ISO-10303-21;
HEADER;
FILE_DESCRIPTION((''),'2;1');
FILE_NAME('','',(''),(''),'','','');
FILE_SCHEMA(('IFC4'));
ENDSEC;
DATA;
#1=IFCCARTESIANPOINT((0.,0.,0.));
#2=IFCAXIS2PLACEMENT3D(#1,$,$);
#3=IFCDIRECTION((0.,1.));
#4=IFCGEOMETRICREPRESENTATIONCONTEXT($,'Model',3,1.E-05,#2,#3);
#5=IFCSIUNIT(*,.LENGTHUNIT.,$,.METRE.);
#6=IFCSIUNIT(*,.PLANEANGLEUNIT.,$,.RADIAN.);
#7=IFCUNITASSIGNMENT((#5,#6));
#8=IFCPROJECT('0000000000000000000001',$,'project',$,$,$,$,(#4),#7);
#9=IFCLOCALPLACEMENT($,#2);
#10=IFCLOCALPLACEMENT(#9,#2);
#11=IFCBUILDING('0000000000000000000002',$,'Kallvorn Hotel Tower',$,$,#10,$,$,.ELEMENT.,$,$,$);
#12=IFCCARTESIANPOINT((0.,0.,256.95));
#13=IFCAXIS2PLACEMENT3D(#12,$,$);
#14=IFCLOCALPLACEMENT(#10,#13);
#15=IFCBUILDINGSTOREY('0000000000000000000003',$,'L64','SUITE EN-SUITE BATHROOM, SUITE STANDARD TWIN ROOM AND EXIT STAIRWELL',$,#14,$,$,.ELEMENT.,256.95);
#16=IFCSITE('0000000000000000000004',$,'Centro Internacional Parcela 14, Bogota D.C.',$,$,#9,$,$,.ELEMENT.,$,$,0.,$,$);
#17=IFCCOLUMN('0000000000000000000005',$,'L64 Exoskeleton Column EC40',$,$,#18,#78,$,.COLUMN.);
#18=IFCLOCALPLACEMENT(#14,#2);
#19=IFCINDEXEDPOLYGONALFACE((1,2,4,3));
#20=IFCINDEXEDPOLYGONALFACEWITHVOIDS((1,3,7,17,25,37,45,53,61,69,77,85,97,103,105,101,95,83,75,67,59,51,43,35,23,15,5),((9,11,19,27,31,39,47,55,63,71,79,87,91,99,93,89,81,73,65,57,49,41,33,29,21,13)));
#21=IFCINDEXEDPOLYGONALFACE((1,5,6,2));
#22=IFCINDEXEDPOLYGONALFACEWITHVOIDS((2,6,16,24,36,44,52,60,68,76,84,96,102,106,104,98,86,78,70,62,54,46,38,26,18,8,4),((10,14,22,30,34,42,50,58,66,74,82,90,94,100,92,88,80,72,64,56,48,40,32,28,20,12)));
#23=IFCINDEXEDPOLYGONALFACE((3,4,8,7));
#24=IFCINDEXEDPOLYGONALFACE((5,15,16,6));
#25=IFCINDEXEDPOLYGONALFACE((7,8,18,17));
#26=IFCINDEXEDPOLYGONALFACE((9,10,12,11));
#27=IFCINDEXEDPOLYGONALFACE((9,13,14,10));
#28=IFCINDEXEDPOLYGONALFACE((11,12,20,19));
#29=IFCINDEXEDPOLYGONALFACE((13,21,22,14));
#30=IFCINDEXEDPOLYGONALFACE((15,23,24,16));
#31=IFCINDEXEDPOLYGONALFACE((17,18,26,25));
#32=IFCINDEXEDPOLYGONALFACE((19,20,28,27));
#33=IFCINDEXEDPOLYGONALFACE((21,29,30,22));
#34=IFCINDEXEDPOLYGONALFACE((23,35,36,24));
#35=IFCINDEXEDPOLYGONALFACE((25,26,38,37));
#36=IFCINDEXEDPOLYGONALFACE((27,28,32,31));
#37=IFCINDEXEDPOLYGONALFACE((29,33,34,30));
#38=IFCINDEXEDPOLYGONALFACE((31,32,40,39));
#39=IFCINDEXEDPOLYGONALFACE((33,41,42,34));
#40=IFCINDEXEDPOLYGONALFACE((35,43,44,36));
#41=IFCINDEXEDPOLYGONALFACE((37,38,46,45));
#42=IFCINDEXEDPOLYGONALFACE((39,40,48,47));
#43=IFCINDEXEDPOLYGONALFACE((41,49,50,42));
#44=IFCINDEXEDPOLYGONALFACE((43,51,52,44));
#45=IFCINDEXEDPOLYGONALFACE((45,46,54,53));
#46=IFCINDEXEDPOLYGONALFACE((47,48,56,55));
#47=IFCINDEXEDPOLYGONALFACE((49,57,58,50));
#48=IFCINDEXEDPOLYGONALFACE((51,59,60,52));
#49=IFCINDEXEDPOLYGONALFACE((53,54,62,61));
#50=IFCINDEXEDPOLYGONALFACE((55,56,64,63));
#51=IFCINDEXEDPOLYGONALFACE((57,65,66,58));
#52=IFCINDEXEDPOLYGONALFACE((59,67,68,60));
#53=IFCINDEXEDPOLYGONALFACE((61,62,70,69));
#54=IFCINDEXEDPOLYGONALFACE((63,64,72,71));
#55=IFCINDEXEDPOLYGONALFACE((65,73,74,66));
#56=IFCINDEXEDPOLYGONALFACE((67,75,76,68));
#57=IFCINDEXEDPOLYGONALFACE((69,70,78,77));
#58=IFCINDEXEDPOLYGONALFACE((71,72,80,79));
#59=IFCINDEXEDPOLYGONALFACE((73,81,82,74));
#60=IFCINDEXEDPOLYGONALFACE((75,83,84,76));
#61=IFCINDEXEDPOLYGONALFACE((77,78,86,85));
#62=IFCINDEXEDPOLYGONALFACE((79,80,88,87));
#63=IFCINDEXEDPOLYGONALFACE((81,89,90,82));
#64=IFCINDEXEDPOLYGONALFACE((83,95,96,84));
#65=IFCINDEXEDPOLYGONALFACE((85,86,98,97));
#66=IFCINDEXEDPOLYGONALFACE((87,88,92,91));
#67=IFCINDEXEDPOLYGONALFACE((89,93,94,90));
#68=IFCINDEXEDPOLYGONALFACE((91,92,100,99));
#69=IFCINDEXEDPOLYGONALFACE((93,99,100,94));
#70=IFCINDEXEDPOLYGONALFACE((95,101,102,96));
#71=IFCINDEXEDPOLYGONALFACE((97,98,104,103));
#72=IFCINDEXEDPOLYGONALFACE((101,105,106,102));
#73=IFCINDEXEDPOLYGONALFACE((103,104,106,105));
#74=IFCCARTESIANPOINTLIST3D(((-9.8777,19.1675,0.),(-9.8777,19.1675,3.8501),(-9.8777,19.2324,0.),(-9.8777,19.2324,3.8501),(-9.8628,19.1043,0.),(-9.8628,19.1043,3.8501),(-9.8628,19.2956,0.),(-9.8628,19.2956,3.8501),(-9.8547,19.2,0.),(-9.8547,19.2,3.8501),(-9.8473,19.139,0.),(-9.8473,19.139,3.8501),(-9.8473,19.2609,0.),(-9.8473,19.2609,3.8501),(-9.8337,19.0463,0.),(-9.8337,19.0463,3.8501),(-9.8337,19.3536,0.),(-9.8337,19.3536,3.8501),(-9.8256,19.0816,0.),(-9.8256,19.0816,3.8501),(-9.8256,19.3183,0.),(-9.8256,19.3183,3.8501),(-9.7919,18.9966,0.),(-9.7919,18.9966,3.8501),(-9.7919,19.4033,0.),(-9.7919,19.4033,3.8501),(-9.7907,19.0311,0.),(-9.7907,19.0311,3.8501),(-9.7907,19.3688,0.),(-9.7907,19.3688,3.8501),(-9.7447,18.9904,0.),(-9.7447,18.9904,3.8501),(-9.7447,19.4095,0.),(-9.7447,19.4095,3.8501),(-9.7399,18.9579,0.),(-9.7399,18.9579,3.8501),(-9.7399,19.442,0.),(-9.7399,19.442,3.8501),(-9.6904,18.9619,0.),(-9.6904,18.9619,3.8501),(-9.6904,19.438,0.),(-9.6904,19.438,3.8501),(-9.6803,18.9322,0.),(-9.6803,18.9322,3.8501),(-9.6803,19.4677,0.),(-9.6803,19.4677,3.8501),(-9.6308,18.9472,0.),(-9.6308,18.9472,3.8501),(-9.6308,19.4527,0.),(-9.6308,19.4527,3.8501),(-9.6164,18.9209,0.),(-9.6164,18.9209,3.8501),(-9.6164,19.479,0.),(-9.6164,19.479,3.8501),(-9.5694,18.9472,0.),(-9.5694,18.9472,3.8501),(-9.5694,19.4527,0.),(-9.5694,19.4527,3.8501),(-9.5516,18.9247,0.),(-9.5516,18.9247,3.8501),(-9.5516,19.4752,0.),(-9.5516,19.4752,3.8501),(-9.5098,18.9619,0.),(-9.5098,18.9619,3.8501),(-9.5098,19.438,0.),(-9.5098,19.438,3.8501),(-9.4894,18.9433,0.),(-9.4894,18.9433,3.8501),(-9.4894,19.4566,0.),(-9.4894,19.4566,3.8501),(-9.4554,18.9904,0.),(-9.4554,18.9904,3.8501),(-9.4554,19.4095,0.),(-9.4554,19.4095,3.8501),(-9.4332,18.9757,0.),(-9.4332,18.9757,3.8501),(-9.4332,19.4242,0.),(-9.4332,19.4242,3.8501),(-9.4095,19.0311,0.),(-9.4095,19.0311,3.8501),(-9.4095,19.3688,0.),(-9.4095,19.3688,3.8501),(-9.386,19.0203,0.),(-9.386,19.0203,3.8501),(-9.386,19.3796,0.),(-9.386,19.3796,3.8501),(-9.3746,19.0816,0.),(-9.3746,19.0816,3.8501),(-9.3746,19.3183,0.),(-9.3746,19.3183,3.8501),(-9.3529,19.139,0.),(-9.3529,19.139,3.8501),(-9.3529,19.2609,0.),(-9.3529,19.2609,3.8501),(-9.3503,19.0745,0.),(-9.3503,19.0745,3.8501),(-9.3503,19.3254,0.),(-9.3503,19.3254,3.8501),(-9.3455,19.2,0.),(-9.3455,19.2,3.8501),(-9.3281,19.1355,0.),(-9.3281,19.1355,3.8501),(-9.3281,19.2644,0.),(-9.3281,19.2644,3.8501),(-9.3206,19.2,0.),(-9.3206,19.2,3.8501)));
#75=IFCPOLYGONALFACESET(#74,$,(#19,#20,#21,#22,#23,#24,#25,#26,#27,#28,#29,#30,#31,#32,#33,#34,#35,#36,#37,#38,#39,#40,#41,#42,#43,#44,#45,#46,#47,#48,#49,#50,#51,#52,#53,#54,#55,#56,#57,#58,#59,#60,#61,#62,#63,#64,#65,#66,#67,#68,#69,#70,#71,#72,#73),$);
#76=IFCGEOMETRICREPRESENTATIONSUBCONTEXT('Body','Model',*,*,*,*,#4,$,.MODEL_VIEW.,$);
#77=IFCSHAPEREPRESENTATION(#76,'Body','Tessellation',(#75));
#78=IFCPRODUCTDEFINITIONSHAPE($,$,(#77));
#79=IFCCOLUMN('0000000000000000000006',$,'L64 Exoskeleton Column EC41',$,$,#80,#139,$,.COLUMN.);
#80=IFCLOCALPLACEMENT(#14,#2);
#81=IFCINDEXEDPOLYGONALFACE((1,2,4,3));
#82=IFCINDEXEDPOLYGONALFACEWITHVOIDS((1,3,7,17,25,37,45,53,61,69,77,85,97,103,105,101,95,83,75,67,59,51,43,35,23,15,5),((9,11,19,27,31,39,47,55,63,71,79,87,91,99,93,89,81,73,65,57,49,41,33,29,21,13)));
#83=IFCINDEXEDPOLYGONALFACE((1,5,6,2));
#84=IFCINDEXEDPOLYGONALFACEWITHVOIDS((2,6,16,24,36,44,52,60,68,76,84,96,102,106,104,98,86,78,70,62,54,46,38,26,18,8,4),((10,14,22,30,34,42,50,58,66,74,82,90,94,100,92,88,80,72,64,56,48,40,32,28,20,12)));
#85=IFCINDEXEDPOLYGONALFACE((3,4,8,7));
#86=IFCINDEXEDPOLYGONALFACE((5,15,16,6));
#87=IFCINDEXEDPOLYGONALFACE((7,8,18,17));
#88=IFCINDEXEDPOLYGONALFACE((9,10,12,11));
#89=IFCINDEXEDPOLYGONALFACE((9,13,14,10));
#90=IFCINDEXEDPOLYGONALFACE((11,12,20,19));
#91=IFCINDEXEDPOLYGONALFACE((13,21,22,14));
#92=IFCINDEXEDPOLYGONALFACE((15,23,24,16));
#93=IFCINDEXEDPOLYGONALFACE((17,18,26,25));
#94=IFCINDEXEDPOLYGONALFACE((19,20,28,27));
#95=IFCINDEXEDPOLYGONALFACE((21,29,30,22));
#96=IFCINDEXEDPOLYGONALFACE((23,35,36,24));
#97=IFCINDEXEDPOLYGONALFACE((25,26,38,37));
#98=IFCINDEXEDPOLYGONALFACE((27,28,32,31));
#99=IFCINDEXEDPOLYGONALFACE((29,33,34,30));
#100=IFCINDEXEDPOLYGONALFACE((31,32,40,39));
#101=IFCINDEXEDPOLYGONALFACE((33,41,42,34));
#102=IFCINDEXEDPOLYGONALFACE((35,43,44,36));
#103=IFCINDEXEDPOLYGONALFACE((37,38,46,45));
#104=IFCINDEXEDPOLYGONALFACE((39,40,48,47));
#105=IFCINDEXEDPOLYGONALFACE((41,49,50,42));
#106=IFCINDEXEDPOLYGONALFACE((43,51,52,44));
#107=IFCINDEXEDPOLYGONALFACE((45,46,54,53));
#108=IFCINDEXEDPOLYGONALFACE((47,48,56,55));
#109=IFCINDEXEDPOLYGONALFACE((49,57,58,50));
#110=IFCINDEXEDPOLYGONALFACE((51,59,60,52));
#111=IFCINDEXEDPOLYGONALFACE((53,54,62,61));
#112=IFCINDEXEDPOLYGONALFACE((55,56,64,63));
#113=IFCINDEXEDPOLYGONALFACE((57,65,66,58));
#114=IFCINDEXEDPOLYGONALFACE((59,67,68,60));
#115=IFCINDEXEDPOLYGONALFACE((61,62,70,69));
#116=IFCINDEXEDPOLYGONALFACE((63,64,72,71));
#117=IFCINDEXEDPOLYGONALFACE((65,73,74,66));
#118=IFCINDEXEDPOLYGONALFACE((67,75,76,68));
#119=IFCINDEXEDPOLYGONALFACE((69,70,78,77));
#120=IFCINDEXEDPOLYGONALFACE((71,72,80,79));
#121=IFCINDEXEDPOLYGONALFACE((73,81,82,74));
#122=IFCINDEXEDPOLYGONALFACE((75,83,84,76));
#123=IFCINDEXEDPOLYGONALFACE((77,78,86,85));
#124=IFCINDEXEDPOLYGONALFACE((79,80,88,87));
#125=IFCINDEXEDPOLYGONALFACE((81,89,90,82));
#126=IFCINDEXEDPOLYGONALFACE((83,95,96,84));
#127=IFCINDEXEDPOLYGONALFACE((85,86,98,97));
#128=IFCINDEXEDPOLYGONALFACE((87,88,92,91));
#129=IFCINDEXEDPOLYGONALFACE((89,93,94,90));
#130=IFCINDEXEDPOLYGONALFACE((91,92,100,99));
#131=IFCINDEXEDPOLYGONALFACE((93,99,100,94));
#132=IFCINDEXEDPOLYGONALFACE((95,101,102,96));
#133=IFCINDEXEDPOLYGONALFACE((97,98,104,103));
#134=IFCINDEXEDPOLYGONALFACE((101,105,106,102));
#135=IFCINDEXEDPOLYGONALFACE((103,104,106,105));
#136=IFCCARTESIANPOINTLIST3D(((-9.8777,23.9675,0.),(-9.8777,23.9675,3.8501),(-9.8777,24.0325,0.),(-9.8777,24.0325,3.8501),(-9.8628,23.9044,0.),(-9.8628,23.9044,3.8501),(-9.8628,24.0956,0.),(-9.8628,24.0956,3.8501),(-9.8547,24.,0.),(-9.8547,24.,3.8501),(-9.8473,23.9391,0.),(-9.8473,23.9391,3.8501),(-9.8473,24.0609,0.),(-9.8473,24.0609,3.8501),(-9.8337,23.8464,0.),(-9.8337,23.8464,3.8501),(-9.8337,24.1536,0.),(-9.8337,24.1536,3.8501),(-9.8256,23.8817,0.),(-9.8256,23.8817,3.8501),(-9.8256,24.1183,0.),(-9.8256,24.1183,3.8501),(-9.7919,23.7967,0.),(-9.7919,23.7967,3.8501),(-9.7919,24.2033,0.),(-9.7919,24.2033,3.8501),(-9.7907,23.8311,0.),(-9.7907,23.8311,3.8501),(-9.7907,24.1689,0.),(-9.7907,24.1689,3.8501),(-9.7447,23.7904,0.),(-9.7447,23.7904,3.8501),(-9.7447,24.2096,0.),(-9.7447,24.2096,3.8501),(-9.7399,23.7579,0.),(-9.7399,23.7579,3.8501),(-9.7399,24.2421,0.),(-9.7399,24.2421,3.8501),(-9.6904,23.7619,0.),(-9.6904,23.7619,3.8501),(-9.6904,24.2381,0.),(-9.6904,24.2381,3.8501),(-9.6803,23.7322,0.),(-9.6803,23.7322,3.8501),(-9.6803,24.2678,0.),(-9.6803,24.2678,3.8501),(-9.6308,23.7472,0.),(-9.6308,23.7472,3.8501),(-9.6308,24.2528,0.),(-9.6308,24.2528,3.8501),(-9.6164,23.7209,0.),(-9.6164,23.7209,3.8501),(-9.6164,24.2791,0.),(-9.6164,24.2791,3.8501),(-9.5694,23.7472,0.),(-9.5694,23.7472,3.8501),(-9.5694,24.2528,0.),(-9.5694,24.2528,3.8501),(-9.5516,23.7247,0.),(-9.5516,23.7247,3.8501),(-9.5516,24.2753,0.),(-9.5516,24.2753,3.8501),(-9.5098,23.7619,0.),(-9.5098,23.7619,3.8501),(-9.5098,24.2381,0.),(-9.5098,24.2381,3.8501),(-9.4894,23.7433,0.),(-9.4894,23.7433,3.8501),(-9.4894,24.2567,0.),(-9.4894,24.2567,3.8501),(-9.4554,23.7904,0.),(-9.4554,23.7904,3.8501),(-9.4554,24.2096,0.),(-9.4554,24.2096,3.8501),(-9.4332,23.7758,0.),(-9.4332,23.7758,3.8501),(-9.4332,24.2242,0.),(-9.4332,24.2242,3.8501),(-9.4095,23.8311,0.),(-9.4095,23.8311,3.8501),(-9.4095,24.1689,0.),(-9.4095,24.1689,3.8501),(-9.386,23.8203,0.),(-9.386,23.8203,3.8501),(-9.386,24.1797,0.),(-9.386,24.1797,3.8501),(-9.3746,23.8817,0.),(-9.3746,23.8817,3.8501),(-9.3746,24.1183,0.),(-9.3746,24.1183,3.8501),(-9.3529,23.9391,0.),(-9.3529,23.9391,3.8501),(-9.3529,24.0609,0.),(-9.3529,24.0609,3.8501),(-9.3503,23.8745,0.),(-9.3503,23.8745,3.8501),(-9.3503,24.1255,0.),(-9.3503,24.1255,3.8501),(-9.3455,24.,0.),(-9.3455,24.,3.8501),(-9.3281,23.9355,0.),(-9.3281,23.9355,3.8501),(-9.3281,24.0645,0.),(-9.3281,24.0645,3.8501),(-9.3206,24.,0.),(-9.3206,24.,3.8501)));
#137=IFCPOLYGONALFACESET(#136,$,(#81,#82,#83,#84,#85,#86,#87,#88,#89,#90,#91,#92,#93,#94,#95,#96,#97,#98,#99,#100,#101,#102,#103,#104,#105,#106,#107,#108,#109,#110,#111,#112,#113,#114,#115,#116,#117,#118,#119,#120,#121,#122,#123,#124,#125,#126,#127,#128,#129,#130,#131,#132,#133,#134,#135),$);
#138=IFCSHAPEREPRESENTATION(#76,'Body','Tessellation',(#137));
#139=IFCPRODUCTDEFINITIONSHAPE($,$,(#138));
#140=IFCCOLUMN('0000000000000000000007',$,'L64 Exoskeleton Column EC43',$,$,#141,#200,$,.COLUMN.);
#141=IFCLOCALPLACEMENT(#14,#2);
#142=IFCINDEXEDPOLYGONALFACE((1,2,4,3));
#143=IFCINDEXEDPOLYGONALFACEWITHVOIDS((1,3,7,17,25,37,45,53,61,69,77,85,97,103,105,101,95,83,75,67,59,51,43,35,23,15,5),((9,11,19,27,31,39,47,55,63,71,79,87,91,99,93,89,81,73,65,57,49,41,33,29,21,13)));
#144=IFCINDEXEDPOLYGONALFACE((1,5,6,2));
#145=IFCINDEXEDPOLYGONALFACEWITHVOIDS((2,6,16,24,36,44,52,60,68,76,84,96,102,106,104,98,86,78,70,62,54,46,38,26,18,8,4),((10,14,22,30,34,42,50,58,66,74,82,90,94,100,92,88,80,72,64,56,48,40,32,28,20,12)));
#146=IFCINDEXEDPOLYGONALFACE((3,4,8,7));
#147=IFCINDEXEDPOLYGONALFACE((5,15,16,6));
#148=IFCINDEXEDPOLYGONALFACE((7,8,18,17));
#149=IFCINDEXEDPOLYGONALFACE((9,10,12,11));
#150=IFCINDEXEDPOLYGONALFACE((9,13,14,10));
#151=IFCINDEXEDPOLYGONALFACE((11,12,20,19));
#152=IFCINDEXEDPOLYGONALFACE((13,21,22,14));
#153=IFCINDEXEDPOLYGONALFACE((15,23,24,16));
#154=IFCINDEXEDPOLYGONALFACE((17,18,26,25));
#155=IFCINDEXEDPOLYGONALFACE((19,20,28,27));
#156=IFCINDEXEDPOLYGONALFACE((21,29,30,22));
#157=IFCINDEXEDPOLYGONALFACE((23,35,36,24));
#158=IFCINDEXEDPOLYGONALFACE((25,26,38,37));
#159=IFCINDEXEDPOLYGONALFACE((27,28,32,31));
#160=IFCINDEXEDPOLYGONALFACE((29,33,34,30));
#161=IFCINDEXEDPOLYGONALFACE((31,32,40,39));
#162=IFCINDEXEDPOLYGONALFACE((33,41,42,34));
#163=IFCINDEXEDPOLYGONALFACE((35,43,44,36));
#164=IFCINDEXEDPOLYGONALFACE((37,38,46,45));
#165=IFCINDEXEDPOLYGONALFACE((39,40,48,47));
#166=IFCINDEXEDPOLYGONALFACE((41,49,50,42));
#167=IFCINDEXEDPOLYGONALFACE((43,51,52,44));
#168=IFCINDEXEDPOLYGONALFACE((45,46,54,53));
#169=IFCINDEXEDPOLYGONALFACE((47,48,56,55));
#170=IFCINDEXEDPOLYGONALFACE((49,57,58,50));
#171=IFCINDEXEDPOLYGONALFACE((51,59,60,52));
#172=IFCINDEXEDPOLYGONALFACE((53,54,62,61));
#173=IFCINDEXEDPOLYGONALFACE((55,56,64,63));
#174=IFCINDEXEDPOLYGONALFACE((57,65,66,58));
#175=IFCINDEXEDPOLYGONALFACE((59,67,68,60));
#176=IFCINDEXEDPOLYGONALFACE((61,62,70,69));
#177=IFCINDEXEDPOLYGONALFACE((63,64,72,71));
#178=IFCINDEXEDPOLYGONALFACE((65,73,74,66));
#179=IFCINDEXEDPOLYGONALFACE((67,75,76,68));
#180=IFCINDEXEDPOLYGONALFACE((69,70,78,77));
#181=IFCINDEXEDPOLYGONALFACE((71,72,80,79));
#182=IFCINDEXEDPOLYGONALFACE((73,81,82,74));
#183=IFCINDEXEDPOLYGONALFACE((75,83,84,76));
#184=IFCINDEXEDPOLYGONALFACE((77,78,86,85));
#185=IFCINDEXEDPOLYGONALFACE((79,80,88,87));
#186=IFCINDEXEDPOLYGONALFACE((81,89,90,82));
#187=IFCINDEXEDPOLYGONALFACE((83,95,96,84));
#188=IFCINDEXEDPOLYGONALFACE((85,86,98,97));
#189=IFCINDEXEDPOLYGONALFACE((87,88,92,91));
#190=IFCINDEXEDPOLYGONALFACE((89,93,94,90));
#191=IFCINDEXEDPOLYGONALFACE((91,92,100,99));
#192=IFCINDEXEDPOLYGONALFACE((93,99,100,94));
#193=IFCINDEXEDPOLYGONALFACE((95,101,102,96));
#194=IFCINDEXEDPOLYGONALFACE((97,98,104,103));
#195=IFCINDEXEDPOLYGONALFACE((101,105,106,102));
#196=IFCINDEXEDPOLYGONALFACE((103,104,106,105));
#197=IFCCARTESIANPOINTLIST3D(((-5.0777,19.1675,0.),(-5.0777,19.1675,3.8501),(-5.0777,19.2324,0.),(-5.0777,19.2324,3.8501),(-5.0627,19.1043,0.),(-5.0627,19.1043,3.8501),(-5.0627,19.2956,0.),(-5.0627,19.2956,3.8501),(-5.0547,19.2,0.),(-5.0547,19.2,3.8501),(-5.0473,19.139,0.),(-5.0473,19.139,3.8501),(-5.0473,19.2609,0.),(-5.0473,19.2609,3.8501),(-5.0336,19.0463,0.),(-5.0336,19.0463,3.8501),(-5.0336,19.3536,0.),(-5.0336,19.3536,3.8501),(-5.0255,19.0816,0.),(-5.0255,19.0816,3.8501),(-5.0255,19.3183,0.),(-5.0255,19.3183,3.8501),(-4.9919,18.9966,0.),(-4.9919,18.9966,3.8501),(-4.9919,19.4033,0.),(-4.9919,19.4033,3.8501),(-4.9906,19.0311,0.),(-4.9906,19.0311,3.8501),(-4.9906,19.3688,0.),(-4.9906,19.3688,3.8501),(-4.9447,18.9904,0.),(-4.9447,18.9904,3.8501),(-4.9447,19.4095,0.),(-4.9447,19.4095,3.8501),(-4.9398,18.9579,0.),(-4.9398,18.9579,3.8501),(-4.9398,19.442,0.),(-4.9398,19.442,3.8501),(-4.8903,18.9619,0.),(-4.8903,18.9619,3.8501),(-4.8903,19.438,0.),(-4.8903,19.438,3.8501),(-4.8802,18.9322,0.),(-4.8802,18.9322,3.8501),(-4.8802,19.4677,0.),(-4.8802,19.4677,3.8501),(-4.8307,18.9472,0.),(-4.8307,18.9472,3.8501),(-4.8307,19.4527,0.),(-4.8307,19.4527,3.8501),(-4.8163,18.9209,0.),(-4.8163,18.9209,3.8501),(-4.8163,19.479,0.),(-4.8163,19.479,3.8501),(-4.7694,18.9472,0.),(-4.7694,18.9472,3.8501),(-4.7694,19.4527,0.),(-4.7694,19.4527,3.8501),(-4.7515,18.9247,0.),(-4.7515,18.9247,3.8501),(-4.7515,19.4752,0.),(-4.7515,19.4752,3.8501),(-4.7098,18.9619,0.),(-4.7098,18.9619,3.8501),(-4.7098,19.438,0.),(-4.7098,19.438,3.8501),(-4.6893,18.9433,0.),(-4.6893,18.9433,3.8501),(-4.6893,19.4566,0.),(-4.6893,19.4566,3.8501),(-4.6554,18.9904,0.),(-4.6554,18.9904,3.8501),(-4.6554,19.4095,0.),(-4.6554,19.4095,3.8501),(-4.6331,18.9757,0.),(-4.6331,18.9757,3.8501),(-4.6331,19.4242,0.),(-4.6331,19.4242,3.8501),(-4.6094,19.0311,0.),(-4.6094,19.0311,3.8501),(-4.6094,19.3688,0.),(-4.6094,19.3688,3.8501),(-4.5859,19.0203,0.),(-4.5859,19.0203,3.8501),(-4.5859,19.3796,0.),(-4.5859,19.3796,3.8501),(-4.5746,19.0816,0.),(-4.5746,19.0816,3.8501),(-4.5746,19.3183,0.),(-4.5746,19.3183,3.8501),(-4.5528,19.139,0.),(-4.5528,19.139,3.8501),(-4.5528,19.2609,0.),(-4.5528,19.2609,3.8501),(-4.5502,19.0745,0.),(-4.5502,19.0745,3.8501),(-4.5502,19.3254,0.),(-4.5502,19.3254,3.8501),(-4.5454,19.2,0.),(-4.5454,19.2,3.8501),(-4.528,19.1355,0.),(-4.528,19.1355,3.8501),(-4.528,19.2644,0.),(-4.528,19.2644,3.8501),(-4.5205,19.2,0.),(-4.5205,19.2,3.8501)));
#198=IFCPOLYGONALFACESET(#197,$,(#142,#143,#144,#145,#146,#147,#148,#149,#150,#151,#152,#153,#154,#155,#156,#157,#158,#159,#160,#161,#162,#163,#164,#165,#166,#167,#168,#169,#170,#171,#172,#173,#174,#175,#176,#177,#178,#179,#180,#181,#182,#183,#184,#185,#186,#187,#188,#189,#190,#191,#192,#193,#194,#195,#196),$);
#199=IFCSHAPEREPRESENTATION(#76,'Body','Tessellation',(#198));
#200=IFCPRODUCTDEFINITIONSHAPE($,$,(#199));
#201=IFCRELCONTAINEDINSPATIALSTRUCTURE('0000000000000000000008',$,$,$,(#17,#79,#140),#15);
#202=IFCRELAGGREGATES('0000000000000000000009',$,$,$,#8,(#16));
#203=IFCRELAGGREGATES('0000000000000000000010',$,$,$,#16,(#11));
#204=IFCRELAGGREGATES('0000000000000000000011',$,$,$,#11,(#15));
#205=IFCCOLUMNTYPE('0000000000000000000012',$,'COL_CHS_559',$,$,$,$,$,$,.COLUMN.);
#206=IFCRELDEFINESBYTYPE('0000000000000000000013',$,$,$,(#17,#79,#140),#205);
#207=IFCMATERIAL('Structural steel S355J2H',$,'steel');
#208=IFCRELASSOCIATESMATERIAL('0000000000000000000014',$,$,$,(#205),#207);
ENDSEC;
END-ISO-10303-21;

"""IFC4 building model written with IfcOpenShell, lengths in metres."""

from ifc_helpers import new_model, si_unit, direction, frame, origin, origin_2d, place, context, subcontext, project, spatial, hollow_circle, extrude, material, material_profile, profile_set, type_object, element, save


model = new_model("IFC4")

# Units and contexts
model_context = context("Model", 3, precision=1e-05, world=origin(), true_north=direction((0.0, 1.0)))
body_context = subcontext(model_context, "Body", "Model", "MODEL_VIEW")
ifc_project = project(units=[si_unit("LENGTHUNIT", "METRE"), si_unit("PLANEANGLEUNIT", "RADIAN")], contexts=[model_context])

# Site, building, storey
site_placement = place(None, origin())
site = spatial("IfcSite", under=ifc_project, at=site_placement, Name="Centro Internacional Parcela 14, Bogota D.C.", CompositionType="ELEMENT", RefElevation=0.0)
building_placement = place(site_placement, origin())
building = spatial("IfcBuilding", under=site, at=building_placement, Name="Kallvorn Hotel Tower", CompositionType="ELEMENT")
storey_placement = place(building_placement, frame((0.0, 0.0, 256.95)))
storey = spatial("IfcBuildingStorey", under=building, at=storey_placement, Name="L64", Description="SUITE EN-SUITE BATHROOM, SUITE STANDARD TWIN ROOM AND EXIT STAIRWELL", CompositionType="ELEMENT", Elevation=256.95)

# Columns
ifc_material_1 = material(Name="Structural steel S355J2H", Category="steel")
ifc_material_profile_1 = material_profile(ifc_material_1, hollow_circle(Radius=0.2795, WallThickness=0.0249, at=origin_2d()), Name="CHS 559x25")
ifc_profile_set_1 = profile_set([ifc_material_profile_1], Name="Structural steel S355J2H")
column_type_1 = type_object("IfcColumnType", Name="COL_CHS_559", PredefinedType="COLUMN", material=ifc_profile_set_1)
for number, where, z_axis, x_axis, name in (
    (1, (-9.6001, 19.2, 0.0), (0.0, 0.0, 1.0), (1.0, 0.0, 0.0), "L64 Exoskeleton Column EC40"),
    (2, (-9.6001, 24.0, 0.0), (0.0, 0.0, 1.0), (1.0, 0.0, 0.0), "L64 Exoskeleton Column EC41"),
    (3, (-4.8, 19.2, 0.0), (0.0, 0.0, 1.0), (1.0, 0.0, 0.0), "L64 Exoskeleton Column EC43"),
):
    element("IfcColumn", number, at=place(storey_placement, frame(where, z_axis=z_axis, x_axis=x_axis)), inside=storey, type_object=column_type_1, Name=name, PredefinedType="COLUMN", context=body_context, shape_type="SweptSolid", body=[
        extrude(hollow_circle(Radius=0.2795, WallThickness=0.0249, at=origin_2d()), origin(), (0.0, 0.0, 1.0), 3.8501),
    ])

save(model, "model.ifc")
